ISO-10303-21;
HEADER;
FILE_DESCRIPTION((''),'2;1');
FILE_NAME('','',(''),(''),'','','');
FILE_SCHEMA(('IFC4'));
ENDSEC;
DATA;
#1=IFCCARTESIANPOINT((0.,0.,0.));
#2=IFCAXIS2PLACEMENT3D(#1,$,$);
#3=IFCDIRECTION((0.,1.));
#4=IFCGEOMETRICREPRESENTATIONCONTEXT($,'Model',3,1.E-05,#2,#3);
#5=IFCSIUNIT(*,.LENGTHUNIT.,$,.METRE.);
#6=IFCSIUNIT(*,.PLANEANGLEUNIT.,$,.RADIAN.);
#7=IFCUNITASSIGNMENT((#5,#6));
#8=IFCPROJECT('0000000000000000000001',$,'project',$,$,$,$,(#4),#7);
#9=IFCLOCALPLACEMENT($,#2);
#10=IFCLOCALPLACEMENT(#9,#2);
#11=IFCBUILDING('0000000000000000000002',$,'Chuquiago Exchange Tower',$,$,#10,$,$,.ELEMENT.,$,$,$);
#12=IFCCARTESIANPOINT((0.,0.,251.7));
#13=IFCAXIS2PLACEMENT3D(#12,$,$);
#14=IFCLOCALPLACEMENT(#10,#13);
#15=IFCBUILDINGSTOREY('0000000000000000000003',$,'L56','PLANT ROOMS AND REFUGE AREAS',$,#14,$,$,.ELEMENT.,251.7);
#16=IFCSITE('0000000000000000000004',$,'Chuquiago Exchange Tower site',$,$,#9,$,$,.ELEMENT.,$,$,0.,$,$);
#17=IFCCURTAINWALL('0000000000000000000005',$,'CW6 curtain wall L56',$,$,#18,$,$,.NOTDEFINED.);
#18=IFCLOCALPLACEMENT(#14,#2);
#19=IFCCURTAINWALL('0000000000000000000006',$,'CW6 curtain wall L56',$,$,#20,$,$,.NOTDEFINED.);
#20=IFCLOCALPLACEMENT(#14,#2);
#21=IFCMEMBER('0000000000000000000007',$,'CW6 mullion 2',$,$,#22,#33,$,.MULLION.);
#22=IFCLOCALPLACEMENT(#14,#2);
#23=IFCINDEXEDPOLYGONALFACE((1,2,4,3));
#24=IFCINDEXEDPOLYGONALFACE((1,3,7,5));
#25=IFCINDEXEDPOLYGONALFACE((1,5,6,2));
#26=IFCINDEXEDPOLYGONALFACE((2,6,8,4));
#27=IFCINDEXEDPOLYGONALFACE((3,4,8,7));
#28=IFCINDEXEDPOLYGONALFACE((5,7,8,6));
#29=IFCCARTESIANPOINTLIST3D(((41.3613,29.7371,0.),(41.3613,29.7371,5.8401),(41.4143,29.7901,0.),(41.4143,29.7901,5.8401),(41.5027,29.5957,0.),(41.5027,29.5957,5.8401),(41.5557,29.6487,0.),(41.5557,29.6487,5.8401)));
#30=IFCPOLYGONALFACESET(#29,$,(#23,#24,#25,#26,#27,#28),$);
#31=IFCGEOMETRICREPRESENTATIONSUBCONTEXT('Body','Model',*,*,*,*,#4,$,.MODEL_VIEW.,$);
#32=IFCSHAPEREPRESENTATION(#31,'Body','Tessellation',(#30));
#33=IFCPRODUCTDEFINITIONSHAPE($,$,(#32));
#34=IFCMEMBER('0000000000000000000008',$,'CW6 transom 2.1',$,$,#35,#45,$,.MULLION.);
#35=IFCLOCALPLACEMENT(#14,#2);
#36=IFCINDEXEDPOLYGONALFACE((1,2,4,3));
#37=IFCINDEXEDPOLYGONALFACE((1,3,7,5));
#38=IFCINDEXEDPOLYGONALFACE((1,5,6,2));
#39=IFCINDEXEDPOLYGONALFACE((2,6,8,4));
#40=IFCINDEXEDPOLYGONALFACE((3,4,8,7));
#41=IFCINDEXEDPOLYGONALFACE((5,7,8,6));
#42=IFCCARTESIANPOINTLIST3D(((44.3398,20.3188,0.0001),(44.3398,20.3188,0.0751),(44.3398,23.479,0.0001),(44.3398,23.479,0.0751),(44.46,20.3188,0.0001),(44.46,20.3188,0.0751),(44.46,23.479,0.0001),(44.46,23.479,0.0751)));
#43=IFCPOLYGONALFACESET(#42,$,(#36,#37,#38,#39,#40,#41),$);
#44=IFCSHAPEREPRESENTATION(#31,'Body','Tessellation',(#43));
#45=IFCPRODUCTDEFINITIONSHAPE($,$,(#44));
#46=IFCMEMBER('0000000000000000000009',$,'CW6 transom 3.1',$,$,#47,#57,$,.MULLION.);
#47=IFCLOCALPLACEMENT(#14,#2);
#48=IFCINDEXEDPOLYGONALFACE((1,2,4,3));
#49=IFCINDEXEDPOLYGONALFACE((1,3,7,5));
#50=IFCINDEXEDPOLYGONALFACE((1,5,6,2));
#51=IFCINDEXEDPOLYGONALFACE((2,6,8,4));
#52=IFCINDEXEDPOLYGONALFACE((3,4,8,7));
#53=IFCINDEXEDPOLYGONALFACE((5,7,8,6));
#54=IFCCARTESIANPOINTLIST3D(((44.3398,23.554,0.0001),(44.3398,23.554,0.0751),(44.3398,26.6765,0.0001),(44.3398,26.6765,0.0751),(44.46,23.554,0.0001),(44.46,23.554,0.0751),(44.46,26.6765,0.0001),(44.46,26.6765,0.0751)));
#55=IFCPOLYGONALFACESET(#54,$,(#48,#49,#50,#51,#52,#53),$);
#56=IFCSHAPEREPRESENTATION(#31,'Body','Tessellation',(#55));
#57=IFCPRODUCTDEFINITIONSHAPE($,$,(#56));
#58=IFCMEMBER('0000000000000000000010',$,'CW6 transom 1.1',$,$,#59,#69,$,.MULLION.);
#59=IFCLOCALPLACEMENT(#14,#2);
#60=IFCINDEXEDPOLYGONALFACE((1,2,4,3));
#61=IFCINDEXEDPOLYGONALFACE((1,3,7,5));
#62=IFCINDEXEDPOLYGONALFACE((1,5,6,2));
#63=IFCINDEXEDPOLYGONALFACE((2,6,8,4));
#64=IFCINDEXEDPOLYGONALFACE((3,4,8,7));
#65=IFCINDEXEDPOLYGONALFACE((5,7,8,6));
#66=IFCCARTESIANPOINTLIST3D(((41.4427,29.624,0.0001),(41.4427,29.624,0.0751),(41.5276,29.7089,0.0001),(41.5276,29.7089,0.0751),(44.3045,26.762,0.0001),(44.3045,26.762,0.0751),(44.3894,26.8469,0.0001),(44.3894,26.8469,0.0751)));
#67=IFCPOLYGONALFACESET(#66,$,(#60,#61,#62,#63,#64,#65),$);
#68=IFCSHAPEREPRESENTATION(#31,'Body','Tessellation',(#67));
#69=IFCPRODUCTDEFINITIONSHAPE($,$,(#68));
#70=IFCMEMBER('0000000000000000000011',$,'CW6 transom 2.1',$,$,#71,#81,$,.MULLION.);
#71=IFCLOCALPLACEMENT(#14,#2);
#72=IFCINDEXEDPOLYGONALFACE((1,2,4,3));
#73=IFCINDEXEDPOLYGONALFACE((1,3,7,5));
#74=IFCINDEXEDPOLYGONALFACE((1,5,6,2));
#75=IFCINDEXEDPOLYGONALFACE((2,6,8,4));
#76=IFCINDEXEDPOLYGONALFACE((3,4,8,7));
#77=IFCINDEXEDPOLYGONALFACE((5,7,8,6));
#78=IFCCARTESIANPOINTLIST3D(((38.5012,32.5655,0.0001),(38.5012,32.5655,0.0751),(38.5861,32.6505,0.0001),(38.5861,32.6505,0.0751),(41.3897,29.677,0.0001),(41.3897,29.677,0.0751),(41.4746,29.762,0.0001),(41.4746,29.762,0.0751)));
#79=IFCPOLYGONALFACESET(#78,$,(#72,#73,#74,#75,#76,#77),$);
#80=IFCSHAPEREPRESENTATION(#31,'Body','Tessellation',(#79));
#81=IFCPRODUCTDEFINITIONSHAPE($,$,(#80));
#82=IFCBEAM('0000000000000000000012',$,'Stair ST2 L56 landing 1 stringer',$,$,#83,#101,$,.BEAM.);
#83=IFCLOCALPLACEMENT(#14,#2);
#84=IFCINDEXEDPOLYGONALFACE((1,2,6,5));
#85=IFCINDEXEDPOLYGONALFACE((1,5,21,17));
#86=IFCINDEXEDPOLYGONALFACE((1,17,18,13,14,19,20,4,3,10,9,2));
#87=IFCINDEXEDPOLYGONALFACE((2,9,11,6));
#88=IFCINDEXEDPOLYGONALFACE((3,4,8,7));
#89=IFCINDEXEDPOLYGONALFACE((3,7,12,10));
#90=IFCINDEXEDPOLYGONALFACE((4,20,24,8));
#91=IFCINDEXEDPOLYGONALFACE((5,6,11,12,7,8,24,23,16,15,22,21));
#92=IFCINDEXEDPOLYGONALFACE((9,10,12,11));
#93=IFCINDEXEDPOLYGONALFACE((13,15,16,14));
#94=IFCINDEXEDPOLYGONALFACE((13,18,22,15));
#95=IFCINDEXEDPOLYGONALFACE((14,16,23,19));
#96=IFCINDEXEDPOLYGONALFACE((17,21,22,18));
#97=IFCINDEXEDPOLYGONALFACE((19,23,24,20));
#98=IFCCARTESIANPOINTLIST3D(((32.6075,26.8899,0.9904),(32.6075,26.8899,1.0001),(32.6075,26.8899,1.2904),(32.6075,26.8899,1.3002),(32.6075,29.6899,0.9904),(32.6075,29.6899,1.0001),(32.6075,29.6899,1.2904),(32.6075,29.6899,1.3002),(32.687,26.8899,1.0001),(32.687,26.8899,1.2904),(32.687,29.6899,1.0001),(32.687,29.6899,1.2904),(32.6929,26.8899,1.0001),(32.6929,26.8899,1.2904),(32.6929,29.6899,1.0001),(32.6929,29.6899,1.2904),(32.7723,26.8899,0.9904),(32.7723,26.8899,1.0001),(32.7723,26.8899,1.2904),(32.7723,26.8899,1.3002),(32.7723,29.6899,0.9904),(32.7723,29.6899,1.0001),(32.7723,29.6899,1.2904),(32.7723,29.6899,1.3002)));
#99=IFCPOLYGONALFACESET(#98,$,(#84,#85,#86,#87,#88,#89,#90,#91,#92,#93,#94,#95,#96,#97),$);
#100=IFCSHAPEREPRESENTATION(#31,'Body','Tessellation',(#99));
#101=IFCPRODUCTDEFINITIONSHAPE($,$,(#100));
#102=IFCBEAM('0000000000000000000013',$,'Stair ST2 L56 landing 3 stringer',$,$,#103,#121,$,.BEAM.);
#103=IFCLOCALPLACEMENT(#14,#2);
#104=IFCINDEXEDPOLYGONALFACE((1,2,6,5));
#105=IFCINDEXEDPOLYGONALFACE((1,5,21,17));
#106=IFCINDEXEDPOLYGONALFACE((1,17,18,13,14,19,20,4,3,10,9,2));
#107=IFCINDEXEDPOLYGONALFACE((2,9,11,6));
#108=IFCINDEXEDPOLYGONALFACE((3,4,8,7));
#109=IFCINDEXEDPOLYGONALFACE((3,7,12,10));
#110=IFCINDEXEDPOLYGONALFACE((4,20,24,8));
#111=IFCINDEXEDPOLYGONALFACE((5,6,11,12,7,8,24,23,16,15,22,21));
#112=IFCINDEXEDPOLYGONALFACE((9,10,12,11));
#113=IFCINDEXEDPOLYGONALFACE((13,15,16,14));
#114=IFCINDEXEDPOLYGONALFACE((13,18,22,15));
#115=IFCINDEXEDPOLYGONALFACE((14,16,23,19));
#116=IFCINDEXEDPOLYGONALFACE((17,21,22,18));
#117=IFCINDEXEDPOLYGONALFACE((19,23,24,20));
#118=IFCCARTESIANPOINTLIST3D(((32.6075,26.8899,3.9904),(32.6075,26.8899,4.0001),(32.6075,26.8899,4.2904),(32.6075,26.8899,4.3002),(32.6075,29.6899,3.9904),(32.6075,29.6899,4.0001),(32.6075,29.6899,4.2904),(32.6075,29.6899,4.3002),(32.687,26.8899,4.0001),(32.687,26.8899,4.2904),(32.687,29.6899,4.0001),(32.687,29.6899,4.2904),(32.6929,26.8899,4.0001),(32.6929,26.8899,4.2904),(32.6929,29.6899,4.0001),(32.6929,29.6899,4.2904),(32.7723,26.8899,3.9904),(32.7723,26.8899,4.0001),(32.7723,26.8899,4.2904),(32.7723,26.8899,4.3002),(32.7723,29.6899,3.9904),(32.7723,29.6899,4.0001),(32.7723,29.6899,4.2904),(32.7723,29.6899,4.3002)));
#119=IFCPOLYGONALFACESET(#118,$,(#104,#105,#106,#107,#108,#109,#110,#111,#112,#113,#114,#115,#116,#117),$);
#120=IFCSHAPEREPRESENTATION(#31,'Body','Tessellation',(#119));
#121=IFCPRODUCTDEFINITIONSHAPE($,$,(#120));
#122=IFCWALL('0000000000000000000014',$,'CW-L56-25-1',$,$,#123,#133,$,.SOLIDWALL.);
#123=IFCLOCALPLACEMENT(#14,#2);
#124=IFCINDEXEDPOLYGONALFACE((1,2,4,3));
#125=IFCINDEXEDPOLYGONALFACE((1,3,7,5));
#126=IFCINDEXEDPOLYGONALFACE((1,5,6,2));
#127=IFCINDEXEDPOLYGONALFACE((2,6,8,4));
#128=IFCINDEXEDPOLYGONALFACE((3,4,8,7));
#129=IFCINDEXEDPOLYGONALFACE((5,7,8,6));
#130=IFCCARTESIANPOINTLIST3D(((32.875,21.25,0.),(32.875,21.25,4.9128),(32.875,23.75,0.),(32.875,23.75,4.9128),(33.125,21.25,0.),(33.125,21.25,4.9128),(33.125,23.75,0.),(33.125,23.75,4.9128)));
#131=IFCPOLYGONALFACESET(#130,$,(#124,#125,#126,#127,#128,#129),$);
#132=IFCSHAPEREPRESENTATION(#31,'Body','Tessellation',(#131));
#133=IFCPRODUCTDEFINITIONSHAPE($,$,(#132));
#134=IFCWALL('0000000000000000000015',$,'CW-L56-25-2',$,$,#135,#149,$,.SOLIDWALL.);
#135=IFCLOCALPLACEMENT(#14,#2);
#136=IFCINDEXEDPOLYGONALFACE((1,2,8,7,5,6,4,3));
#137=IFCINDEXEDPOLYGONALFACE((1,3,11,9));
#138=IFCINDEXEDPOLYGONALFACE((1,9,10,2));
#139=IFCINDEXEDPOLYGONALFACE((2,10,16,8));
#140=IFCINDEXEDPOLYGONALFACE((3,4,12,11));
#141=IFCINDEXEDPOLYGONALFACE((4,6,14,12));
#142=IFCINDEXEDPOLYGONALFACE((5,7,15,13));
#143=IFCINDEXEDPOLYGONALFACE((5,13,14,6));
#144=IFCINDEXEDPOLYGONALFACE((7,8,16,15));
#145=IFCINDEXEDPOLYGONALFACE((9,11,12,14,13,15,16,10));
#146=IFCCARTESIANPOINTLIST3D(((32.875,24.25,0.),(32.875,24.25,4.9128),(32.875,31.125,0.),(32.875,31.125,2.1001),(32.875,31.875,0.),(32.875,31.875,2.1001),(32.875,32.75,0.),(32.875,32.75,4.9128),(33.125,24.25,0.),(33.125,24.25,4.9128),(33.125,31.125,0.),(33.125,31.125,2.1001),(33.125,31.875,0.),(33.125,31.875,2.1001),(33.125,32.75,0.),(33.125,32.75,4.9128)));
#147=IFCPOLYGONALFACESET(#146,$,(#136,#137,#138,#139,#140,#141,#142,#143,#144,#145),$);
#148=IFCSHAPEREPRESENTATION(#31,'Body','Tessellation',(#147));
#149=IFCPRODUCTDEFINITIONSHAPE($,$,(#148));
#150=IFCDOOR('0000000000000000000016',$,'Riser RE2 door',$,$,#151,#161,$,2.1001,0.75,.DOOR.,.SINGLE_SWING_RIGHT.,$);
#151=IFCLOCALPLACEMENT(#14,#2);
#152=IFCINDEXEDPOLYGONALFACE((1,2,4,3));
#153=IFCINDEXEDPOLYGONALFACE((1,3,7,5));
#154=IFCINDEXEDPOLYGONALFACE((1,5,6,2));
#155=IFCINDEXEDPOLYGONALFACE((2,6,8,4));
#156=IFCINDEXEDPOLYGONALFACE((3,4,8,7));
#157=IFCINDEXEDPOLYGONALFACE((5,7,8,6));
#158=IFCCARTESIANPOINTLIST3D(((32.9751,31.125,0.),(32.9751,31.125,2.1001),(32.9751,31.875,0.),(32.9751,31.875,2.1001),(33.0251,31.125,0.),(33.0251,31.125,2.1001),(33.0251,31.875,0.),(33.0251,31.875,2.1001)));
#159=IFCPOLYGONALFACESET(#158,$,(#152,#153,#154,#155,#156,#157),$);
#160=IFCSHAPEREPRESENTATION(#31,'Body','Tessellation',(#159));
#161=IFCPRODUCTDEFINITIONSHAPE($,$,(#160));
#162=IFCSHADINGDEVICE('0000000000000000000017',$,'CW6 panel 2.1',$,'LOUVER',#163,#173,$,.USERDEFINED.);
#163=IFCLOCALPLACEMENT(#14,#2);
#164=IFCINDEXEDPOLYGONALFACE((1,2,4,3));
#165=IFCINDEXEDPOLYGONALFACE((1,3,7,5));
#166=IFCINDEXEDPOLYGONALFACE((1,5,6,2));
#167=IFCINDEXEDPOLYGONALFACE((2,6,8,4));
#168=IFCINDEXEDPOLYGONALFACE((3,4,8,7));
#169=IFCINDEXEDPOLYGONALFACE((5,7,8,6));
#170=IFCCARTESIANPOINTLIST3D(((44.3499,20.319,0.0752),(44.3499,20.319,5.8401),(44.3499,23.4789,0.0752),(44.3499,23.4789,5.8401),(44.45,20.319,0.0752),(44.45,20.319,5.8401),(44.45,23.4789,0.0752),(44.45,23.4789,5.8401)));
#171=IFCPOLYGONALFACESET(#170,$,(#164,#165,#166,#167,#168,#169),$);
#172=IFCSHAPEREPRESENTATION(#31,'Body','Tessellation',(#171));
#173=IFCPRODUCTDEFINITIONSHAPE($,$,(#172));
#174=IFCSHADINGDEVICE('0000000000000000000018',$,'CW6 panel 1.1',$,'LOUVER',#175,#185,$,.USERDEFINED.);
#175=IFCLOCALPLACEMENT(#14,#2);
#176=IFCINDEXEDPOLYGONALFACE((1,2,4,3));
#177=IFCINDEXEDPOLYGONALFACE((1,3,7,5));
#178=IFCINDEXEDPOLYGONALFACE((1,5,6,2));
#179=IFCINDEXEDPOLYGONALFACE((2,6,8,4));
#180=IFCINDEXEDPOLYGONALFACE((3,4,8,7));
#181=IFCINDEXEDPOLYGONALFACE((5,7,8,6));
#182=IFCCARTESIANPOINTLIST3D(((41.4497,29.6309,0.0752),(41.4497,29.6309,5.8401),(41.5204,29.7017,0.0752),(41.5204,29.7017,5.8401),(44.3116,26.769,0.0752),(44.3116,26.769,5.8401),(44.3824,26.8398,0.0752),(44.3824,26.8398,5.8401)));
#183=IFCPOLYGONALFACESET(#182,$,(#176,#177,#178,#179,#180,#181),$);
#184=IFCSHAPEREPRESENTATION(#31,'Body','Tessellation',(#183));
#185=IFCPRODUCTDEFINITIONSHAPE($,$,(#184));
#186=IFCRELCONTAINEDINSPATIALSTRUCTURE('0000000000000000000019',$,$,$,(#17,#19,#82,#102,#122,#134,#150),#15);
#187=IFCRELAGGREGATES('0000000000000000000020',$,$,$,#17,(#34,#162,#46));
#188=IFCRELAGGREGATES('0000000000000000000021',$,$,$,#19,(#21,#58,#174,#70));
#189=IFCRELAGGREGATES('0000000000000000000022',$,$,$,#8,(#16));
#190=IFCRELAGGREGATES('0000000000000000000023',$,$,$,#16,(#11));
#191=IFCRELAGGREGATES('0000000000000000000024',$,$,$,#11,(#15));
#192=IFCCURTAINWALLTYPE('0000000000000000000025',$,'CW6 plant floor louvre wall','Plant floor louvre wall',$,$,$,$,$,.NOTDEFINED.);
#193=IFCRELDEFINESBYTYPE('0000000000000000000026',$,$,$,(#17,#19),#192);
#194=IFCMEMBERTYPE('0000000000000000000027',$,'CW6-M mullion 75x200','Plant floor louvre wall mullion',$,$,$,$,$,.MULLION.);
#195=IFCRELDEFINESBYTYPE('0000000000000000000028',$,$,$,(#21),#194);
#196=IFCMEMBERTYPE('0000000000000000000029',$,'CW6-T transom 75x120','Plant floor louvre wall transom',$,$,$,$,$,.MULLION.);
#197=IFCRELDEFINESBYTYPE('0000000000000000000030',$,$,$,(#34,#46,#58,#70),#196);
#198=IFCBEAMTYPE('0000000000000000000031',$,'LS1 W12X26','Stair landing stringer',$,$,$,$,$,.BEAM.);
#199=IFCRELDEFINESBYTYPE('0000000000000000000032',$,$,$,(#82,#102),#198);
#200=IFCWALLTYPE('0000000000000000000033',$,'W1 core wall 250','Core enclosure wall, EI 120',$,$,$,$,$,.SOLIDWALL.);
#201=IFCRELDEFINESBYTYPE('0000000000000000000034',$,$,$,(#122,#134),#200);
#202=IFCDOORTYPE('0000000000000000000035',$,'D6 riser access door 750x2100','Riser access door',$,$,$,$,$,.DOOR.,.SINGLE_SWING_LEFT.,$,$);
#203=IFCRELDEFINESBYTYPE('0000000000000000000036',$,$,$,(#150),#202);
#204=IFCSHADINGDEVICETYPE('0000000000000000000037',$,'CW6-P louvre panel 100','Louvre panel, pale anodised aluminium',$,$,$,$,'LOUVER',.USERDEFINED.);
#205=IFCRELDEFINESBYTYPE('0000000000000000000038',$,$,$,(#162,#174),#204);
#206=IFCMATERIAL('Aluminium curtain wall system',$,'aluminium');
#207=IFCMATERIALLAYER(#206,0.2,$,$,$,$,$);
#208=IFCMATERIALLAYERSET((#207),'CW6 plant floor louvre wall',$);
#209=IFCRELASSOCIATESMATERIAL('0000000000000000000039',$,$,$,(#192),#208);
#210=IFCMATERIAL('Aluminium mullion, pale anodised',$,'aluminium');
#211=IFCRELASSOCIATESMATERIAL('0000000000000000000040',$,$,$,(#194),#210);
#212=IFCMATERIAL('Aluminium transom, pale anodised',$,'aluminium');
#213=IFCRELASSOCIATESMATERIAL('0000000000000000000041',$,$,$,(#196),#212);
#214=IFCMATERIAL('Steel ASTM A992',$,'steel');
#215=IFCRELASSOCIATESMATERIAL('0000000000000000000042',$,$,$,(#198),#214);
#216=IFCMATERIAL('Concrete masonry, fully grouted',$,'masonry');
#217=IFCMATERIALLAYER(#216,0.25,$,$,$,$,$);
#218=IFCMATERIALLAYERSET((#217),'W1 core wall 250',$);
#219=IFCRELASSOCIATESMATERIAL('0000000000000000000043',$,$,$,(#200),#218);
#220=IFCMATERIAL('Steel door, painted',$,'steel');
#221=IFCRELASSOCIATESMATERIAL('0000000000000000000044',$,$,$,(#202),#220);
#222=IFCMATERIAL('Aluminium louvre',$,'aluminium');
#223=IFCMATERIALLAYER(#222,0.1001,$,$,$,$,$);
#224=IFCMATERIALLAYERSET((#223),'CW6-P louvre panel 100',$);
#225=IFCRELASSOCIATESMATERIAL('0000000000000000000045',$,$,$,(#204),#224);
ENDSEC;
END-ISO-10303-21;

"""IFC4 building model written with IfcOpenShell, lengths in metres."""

from ifc_helpers import new_model, si_unit, direction, frame, frame_2d, origin, origin_2d, place, context, subcontext, project, spatial, rectangle, i_section, extrude, material, layer, layer_set, material_profile, profile_set, type_object, element, fill, aggregate, save


model = new_model("IFC4")

# Units and contexts
model_context = context("Model", 3, precision=1e-05, world=origin(), true_north=direction((0.0, 1.0)))
body_context = subcontext(model_context, "Body", "Model", "MODEL_VIEW")
ifc_project = project(units=[si_unit("LENGTHUNIT", "METRE"), si_unit("PLANEANGLEUNIT", "RADIAN")], contexts=[model_context])

# Site, building, storey
site_placement = place(None, origin())
site = spatial("IfcSite", under=ifc_project, at=site_placement, Name="Chuquiago Exchange Tower site", CompositionType="ELEMENT", RefElevation=0.0)
building_placement = place(site_placement, origin())
building = spatial("IfcBuilding", under=site, at=building_placement, Name="Chuquiago Exchange Tower", CompositionType="ELEMENT")
storey_placement = place(building_placement, frame((0.0, 0.0, 251.7)))
storey = spatial("IfcBuildingStorey", under=building, at=storey_placement, Name="L56", Description="PLANT ROOMS AND REFUGE AREAS", CompositionType="ELEMENT", Elevation=251.7)

# Curtain wall
ifc_material_1 = material(Name="Aluminium curtain wall system", Category="aluminium")
ifc_layer_1 = layer(ifc_material_1, 0.2)
ifc_layer_set_1 = layer_set([ifc_layer_1], Name="CW6 plant floor louvre wall")
curtain_wall_type = type_object("IfcCurtainWallType", Name="CW6 plant floor louvre wall", Description="Plant floor louvre wall", PredefinedType="NOTDEFINED", material=ifc_layer_set_1)
curtain_wall_1_placement = place(storey_placement, origin())
curtain_wall_1 = element("IfcCurtainWall", 1, at=curtain_wall_1_placement, inside=storey, type_object=curtain_wall_type, Name="CW6 curtain wall L56", PredefinedType="NOTDEFINED")
ifc_material_2 = material(Name="Aluminium mullion, pale anodised", Category="aluminium")
ifc_material_profile_1 = material_profile(ifc_material_2, rectangle(XDim=0.075, YDim=0.2, at=origin_2d()), Name="AL 75x200")
ifc_profile_set_1 = profile_set([ifc_material_profile_1], Name="Aluminium mullion, pale anodised")
member_type_1 = type_object("IfcMemberType", Name="CW6-M mullion 75x200", Description="Plant floor louvre wall mullion", PredefinedType="MULLION", material=ifc_profile_set_1)

# Curtain wall, member
curtain_wall_2_placement = place(storey_placement, origin())
curtain_wall_2 = element("IfcCurtainWall", 2, at=curtain_wall_2_placement, inside=storey, type_object=curtain_wall_type, Name="CW6 curtain wall L56", PredefinedType="NOTDEFINED")
member_1_placement = place(storey_placement, frame((41.4585, 29.6929, 0.0), z_axis=(0.0, 0.0, 1.0), x_axis=(-0.707107, -0.707107, 0.0)))
member_1 = element("IfcMember", 3, at=member_1_placement, type_object=member_type_1, Name="CW6 mullion 2", PredefinedType="MULLION", context=body_context, shape_type="SweptSolid", body=[
    extrude(rectangle(XDim=0.075, YDim=0.2, at=origin_2d()), origin(), (0.0, 0.0, 1.0), 5.8401),
])

# Members
ifc_material_3 = material(Name="Aluminium transom, pale anodised", Category="aluminium")
ifc_material_profile_2 = material_profile(ifc_material_3, rectangle(XDim=0.1201, YDim=0.075, at=origin_2d()), Name="AL 120x75")
ifc_profile_set_2 = profile_set([ifc_material_profile_2], Name="Aluminium transom, pale anodised")
member_type_2 = type_object("IfcMemberType", Name="CW6-T transom 75x120", Description="Plant floor louvre wall transom", PredefinedType="MULLION", material=ifc_profile_set_2)
member_2_placement = place(storey_placement, frame((44.3999, 20.3188, 0.0376), z_axis=(0.0, 1.0, 0.0), x_axis=(-1.0, 0.0, 0.0)))
member_2 = element("IfcMember", 4, at=member_2_placement, type_object=member_type_2, Name="CW6 transom 2.1", PredefinedType="MULLION", context=body_context, shape_type="SweptSolid", body=[
    extrude(rectangle(XDim=0.1201, YDim=0.075, at=origin_2d()), origin(), (0.0, 0.0, 1.0), 3.1602),
])
member_3_placement = place(storey_placement, frame((44.3999, 23.554, 0.0376), z_axis=(0.0, 1.0, 0.0), x_axis=(-1.0, 0.0, 0.0)))
member_3 = element("IfcMember", 5, at=member_3_placement, type_object=member_type_2, Name="CW6 transom 3.1", PredefinedType="MULLION", context=body_context, shape_type="SweptSolid", body=[
    extrude(rectangle(XDim=0.1201, YDim=0.075, at=origin_2d()), origin(), (0.0, 0.0, 1.0), 3.1226),
])
member_4_placement = place(storey_placement, frame((44.3469, 26.8044, 0.0376), z_axis=(-0.707077, 0.707137, 0.0), x_axis=(-0.707137, -0.707077, 0.0)))
member_4 = element("IfcMember", 6, at=member_4_placement, type_object=member_type_2, Name="CW6 transom 1.1", PredefinedType="MULLION", context=body_context, shape_type="SweptSolid", body=[
    extrude(rectangle(XDim=0.1201, YDim=0.075, at=origin_2d()), origin(), (0.0, 0.0, 1.0), 4.0474),
])
member_5_placement = place(storey_placement, frame((41.4321, 29.7195, 0.0376), z_axis=(-0.707107, 0.707107, 0.0), x_axis=(-0.707107, -0.707107, 0.0)))
member_5 = element("IfcMember", 7, at=member_5_placement, type_object=member_type_2, Name="CW6 transom 2.1", PredefinedType="MULLION", context=body_context, shape_type="SweptSolid", body=[
    extrude(rectangle(XDim=0.1201, YDim=0.075, at=origin_2d()), origin(), (0.0, 0.0, 1.0), 4.085),
])

# Beams
ifc_material_4 = material(Name="Steel ASTM A992", Category="steel")
ifc_material_profile_3 = material_profile(ifc_material_4, i_section(OverallWidth=0.1648, OverallDepth=0.3098, WebThickness=0.0059, FlangeThickness=0.0098, at=origin_2d()), Name="W12X26")
ifc_profile_set_3 = profile_set([ifc_material_profile_3], Name="Steel ASTM A992")
beam_type_1 = type_object("IfcBeamType", Name="LS1 W12X26", Description="Stair landing stringer", PredefinedType="BEAM", material=ifc_profile_set_3)
for number, where, z_axis, x_axis, name in (
    (8, (32.6899, 26.8899, 1.1453), (0.0, 1.0, 0.0), (-1.0, 0.0, 0.0), "Stair ST2 L56 landing 1 stringer"),
    (9, (32.6899, 26.8899, 4.1453), (0.0, 1.0, 0.0), (-1.0, 0.0, 0.0), "Stair ST2 L56 landing 3 stringer"),
):
    element("IfcBeam", number, at=place(storey_placement, frame(where, z_axis=z_axis, x_axis=x_axis)), inside=storey, type_object=beam_type_1, Name=name, PredefinedType="BEAM", context=body_context, shape_type="SweptSolid", body=[
        extrude(i_section(OverallWidth=0.1648, OverallDepth=0.3098, WebThickness=0.0059, FlangeThickness=0.0098, at=origin_2d()), origin(), (0.0, 0.0, 1.0), 2.8),
    ])

# Wall
ifc_material_5 = material(Name="Concrete masonry, fully grouted", Category="masonry")
ifc_layer_2 = layer(ifc_material_5, 0.25)
ifc_layer_set_2 = layer_set([ifc_layer_2], Name="W1 core wall 250")
wall_type = type_object("IfcWallType", Name="W1 core wall 250", Description="Core enclosure wall, EI 120", PredefinedType="SOLIDWALL", material=ifc_layer_set_2)
wall_1_placement = place(storey_placement, frame((33.0, 21.25, 0.0), z_axis=(0.0, 0.0, 1.0), x_axis=(0.0, 1.0, 0.0)))
element("IfcWall", 10, at=wall_1_placement, inside=storey, type_object=wall_type, Name="CW-L56-25-1", PredefinedType="SOLIDWALL", context=body_context, shape_type="SweptSolid", body=[
    extrude(rectangle(XDim=2.5, YDim=0.25, at=frame_2d((1.25, 0.0))), origin(), (0.0, 0.0, 1.0), 4.9128),
])

# Wall, opening, door
wall_2_placement = place(storey_placement, frame((33.0, 24.25, 0.0), z_axis=(0.0, 0.0, 1.0), x_axis=(0.0, 1.0, 0.0)))
wall_2 = element("IfcWall", 11, at=wall_2_placement, inside=storey, type_object=wall_type, Name="CW-L56-25-2", PredefinedType="SOLIDWALL", context=body_context, shape_type="SweptSolid", body=[
    extrude(rectangle(XDim=8.5, YDim=0.25, at=frame_2d((4.25, 0.0))), origin(), (0.0, 0.0, 1.0), 4.9128),
])
opening_placement = place(wall_2_placement, frame((6.875, 0.0, 0.0)))
opening = element("IfcOpeningElement", 12, at=opening_placement, cuts=wall_2, PredefinedType="OPENING", context=body_context, shape_type="SweptSolid", body=[
    extrude(rectangle(XDim=0.75, YDim=2.1001, at=frame_2d((0.375, 1.05))), frame((0.0, 0.135, 0.0), z_axis=(0.0, -1.0, 0.0), x_axis=(1.0, 0.0, 0.0)), (0.0, 0.0, 1.0), 0.27),
])
ifc_material_6 = material(Name="Steel door, painted", Category="steel")
door_type = type_object("IfcDoorType", Name="D6 riser access door 750x2100", Description="Riser access door", OperationType="SINGLE_SWING_LEFT", PredefinedType="DOOR", material=ifc_material_6)
door_placement = place(opening_placement, origin())
door = element("IfcDoor", 13, at=door_placement, inside=storey, type_object=door_type, Name="Riser RE2 door", OperationType="SINGLE_SWING_RIGHT", OverallHeight=2.1001, OverallWidth=0.75, PredefinedType="DOOR", context=body_context, shape_type="SweptSolid", body=[
    extrude(rectangle(XDim=0.75, YDim=2.1001, at=frame_2d((0.375, 1.05))), frame((0.0, 0.0249, 0.0), z_axis=(0.0, -1.0, 0.0), x_axis=(1.0, 0.0, 0.0)), (0.0, 0.0, 1.0), 0.05),
])
fill(opening, door)

# Shading devices
ifc_material_7 = material(Name="Aluminium louvre", Category="aluminium")
ifc_layer_3 = layer(ifc_material_7, 0.1001)
ifc_layer_set_3 = layer_set([ifc_layer_3], Name="CW6-P louvre panel 100")
shading_device_type = type_object("IfcShadingDeviceType", Name="CW6-P louvre panel 100", Description="Louvre panel, pale anodised aluminium", ElementType="LOUVER", PredefinedType="USERDEFINED", material=ifc_layer_set_3)
shading_device_1_placement = place(storey_placement, frame((44.3999, 21.8989, 0.0752), z_axis=(0.0, 0.0, 1.0), x_axis=(0.0, 1.0, 0.0)))
shading_device_1 = element("IfcShadingDevice", 14, at=shading_device_1_placement, type_object=shading_device_type, Name="CW6 panel 2.1", ObjectType="LOUVER", PredefinedType="USERDEFINED", context=body_context, shape_type="SweptSolid", body=[
    extrude(rectangle(XDim=3.1599, YDim=0.1001, at=origin_2d()), origin(), (0.0, 0.0, 1.0), 5.7649),
])
aggregate(curtain_wall_1, [member_2, shading_device_1, member_3])
shading_device_2_placement = place(storey_placement, frame((42.916, 28.2354, 0.0752), z_axis=(0.0, 0.0, 1.0), x_axis=(-0.707107, 0.707107, 0.0)))
shading_device_2 = element("IfcShadingDevice", 15, at=shading_device_2_placement, type_object=shading_device_type, Name="CW6 panel 1.1", ObjectType="LOUVER", PredefinedType="USERDEFINED", context=body_context, shape_type="SweptSolid", body=[
    extrude(rectangle(XDim=4.0474, YDim=0.1001, at=origin_2d()), origin(), (0.0, 0.0, 1.0), 5.7649),
])
aggregate(curtain_wall_2, [member_1, member_4, shading_device_2, member_5])

save(model, "model.ifc")
